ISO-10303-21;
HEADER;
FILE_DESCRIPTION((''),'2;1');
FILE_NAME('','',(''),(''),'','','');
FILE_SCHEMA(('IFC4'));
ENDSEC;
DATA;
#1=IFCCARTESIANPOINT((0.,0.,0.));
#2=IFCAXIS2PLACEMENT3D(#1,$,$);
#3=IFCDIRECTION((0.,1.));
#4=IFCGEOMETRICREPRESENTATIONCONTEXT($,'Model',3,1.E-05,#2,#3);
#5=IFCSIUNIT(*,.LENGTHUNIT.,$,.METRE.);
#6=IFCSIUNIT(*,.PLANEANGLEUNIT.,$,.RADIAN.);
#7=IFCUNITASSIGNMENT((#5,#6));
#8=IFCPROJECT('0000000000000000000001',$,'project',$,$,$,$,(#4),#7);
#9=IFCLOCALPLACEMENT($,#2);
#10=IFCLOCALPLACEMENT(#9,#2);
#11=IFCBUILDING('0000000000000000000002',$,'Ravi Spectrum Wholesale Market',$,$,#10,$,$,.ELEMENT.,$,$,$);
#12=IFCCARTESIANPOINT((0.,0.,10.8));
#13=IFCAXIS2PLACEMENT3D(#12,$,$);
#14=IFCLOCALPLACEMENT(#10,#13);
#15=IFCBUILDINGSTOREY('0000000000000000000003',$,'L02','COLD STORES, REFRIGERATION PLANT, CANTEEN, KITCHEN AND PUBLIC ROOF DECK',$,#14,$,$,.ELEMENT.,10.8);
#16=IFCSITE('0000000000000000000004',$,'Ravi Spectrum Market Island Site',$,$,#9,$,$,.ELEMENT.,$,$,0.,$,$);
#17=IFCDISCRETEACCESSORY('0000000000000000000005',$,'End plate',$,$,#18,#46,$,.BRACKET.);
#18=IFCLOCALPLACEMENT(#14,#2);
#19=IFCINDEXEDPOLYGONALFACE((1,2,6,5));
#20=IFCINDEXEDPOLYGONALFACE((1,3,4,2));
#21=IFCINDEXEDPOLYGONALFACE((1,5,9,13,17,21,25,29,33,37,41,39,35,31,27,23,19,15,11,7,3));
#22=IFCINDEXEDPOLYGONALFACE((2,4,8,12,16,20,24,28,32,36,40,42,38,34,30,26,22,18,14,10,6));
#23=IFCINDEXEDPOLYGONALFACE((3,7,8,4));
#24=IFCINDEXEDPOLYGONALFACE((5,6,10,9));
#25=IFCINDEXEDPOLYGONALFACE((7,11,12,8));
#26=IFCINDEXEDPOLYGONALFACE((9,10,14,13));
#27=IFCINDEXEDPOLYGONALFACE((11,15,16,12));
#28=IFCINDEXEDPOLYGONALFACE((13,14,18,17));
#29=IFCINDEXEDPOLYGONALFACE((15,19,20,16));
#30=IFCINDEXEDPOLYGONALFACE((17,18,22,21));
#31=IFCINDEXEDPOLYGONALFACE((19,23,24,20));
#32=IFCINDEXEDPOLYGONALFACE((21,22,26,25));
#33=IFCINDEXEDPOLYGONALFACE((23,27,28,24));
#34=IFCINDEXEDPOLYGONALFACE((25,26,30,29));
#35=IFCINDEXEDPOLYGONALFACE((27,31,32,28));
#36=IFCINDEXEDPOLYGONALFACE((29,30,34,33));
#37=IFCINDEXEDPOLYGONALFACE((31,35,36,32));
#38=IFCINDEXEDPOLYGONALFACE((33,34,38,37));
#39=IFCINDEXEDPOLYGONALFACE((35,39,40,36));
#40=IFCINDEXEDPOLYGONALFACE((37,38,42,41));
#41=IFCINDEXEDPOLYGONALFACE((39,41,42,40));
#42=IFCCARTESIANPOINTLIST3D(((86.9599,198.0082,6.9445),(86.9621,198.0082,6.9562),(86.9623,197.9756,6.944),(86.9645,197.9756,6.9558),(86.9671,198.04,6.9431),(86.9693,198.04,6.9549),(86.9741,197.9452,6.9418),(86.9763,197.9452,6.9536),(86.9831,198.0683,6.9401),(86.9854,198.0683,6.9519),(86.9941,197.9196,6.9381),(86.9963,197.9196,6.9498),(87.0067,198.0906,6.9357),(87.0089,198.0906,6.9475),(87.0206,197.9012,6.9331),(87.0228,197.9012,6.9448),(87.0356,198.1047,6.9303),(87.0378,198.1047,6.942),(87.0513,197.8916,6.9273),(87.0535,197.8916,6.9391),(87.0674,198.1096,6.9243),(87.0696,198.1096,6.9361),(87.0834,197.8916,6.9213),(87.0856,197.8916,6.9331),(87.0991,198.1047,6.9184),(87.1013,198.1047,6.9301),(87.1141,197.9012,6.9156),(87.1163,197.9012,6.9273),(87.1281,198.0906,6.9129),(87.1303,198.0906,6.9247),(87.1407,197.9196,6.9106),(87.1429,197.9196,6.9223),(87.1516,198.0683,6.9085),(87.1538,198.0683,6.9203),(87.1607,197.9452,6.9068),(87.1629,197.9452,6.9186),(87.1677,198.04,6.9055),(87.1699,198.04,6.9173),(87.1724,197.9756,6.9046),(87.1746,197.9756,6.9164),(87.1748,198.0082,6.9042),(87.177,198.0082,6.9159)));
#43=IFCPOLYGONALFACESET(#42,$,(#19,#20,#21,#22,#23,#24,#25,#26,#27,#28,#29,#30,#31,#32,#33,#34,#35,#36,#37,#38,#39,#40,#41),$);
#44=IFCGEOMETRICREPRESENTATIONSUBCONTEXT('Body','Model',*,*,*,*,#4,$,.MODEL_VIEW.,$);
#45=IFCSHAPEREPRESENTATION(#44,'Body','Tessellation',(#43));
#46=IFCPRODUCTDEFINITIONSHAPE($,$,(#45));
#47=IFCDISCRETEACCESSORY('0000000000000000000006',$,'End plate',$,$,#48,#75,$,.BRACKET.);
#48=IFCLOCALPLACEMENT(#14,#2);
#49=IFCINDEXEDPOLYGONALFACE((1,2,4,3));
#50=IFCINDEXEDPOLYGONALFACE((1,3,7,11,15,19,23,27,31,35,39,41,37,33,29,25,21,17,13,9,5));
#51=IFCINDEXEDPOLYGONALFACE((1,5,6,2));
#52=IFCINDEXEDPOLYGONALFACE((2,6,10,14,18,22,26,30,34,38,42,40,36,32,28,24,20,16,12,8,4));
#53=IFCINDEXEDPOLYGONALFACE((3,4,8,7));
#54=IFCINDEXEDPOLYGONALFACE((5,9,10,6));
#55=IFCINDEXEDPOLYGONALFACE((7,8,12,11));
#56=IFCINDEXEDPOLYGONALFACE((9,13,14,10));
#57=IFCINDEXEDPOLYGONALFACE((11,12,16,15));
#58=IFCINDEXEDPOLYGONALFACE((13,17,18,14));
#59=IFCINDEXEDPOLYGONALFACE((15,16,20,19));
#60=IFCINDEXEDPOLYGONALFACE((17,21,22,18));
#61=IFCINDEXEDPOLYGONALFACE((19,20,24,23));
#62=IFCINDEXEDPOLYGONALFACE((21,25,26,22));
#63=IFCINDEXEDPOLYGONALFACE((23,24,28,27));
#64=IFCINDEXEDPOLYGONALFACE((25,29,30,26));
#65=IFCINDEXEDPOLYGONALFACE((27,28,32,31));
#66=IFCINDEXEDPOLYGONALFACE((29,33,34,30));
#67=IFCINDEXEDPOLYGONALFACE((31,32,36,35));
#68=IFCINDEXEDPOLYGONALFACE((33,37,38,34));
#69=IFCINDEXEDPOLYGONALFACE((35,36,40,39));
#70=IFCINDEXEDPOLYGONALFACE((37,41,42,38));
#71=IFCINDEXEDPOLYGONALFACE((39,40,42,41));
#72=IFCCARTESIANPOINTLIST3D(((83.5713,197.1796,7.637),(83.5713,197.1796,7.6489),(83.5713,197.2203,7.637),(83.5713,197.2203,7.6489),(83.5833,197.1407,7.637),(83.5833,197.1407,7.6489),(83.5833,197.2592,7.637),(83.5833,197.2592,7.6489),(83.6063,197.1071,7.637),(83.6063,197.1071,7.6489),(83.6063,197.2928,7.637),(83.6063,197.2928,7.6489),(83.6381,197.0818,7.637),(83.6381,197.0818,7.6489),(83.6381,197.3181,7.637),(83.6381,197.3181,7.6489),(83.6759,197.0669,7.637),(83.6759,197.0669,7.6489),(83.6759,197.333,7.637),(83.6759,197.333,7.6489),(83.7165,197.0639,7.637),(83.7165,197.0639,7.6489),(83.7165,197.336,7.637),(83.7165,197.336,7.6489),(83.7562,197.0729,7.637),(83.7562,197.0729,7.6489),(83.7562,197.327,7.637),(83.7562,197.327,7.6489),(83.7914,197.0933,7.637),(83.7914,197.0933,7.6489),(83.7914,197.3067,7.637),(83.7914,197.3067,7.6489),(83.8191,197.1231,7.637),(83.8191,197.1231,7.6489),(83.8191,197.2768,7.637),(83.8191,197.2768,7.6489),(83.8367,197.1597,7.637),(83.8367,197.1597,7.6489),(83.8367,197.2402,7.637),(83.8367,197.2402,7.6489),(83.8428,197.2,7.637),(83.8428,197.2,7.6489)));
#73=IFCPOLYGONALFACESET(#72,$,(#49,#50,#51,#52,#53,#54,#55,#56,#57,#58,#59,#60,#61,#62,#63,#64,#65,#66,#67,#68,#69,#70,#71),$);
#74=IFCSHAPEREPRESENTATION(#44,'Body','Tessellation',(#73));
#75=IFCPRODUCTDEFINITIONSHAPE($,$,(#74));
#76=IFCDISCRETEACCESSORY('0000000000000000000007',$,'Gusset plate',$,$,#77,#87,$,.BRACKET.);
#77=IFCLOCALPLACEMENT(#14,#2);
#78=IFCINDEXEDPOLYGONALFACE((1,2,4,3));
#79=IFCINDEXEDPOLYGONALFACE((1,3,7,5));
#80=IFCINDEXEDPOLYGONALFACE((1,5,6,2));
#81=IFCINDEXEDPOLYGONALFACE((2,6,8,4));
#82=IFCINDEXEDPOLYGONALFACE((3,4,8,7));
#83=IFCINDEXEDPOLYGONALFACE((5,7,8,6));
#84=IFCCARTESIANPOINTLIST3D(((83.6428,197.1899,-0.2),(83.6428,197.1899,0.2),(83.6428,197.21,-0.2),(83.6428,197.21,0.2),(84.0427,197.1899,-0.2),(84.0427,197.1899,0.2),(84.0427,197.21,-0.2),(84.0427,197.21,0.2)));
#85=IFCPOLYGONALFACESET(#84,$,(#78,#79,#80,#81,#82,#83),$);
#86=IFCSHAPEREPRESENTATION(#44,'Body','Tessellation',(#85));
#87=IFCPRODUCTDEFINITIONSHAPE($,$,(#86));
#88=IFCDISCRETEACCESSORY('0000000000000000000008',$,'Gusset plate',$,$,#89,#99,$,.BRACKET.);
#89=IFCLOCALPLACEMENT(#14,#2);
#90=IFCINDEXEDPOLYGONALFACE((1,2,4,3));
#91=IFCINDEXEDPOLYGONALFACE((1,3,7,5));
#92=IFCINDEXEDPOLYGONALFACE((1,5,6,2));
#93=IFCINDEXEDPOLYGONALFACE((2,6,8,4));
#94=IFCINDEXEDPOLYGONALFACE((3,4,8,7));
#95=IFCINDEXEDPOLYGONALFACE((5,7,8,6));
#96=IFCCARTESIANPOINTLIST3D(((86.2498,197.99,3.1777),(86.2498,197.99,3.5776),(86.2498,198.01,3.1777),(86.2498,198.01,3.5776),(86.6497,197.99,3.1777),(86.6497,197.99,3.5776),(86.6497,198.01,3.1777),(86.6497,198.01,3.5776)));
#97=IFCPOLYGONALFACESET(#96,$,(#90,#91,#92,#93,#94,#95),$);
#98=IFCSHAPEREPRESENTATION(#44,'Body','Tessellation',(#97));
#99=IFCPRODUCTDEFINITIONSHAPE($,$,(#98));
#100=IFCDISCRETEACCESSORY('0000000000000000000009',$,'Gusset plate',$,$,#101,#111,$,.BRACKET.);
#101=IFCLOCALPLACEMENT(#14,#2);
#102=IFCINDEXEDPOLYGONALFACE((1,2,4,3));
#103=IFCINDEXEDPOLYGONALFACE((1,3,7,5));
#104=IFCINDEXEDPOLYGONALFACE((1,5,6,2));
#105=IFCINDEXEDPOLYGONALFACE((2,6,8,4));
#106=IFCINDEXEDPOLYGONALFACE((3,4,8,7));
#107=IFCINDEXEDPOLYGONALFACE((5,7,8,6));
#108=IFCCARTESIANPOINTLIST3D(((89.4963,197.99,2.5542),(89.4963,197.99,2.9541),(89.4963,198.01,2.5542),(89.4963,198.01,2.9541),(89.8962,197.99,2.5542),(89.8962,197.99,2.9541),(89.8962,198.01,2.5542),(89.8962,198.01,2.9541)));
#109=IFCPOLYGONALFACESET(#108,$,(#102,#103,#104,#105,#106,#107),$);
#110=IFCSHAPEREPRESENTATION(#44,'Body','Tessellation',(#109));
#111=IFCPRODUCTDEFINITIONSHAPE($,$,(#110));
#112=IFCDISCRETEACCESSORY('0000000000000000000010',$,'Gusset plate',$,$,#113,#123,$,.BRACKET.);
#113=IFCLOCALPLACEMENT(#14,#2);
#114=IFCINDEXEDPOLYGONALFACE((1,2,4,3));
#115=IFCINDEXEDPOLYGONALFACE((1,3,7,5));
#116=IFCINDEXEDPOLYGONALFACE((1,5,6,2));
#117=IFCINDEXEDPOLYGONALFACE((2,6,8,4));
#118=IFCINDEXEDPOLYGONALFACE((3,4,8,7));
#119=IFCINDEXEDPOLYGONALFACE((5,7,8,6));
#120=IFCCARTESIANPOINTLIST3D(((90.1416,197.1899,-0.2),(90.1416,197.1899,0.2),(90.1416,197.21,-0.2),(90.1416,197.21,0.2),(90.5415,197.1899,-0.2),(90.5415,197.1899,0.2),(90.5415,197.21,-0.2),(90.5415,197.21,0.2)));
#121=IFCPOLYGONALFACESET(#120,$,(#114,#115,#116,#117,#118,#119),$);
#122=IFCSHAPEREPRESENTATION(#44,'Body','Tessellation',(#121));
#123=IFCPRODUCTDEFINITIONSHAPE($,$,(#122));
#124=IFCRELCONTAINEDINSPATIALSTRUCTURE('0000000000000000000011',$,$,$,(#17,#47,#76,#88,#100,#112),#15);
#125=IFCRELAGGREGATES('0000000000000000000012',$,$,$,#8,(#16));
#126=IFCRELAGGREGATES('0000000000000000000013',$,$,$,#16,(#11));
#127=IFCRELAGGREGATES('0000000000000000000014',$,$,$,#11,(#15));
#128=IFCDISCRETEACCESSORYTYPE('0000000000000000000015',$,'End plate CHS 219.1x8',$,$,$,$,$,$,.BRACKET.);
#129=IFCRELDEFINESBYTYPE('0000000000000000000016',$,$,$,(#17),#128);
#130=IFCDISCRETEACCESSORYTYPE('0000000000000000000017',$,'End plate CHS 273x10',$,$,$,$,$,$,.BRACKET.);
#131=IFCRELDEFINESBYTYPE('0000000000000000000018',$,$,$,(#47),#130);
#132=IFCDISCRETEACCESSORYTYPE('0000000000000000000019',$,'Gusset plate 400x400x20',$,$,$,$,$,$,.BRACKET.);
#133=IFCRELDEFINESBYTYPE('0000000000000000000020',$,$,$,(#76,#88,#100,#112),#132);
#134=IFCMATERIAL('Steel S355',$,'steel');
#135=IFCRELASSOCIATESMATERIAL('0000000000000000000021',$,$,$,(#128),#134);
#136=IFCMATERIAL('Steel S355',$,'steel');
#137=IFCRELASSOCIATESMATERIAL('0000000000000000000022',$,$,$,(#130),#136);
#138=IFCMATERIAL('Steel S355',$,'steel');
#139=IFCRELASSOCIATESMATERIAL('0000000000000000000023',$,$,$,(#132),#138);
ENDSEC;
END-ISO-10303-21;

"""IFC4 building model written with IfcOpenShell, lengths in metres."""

from ifc_helpers import new_model, si_unit, direction, frame, origin, origin_2d, place, context, subcontext, project, spatial, rectangle, circle, extrude, material, material_profile, profile_set, type_object, element, save


model = new_model("IFC4")

# Units and contexts
model_context = context("Model", 3, precision=1e-05, world=origin(), true_north=direction((0.0, 1.0)))
body_context = subcontext(model_context, "Body", "Model", "MODEL_VIEW")
ifc_project = project(units=[si_unit("LENGTHUNIT", "METRE"), si_unit("PLANEANGLEUNIT", "RADIAN")], contexts=[model_context])

# Site, building, storey
site_placement = place(None, origin())
site = spatial("IfcSite", under=ifc_project, at=site_placement, Name="Ravi Spectrum Market Island Site", CompositionType="ELEMENT", RefElevation=0.0)
building_placement = place(site_placement, origin())
building = spatial("IfcBuilding", under=site, at=building_placement, Name="Ravi Spectrum Wholesale Market", CompositionType="ELEMENT")
storey_placement = place(building_placement, frame((0.0, 0.0, 10.8)))
storey = spatial("IfcBuildingStorey", under=building, at=storey_placement, Name="L02", Description="COLD STORES, REFRIGERATION PLANT, CANTEEN, KITCHEN AND PUBLIC ROOF DECK", CompositionType="ELEMENT", Elevation=10.8)

# Discrete accessories
ifc_material_1 = material(Name="Steel S355", Category="steel")
ifc_material_profile_1 = material_profile(ifc_material_1, circle(Radius=0.1096, at=origin_2d()))
ifc_profile_set_1 = profile_set([ifc_material_profile_1], Name="Steel S355")
discrete_accessory_type_1 = type_object("IfcDiscreteAccessoryType", Name="End plate CHS 219.1x8", PredefinedType="BRACKET", material=ifc_profile_set_1)
discrete_accessory_1_placement = place(storey_placement, frame((87.0674, 198.0, 6.9243), z_axis=(0.184289, 0.0, 0.982872), x_axis=(0.0, 1.0, 0.0)))
element("IfcDiscreteAccessory", 1, at=discrete_accessory_1_placement, inside=storey, type_object=discrete_accessory_type_1, Name="End plate", PredefinedType="BRACKET", context=body_context, shape_type="SweptSolid", body=[
    extrude(circle(Radius=0.1096, at=origin_2d()), origin(), (0.0, 0.0, 1.0), 0.012),
])
ifc_material_2 = material(Name="Steel S355", Category="steel")
ifc_material_profile_2 = material_profile(ifc_material_2, circle(Radius=0.1365, at=origin_2d()))
ifc_profile_set_2 = profile_set([ifc_material_profile_2], Name="Steel S355")
discrete_accessory_type_2 = type_object("IfcDiscreteAccessoryType", Name="End plate CHS 273x10", PredefinedType="BRACKET", material=ifc_profile_set_2)
discrete_accessory_2_placement = place(storey_placement, frame((83.7063, 197.2, 7.637), z_axis=(0.0, 0.0, 1.0), x_axis=(1.0, 0.0, 0.0)))
element("IfcDiscreteAccessory", 2, at=discrete_accessory_2_placement, inside=storey, type_object=discrete_accessory_type_2, Name="End plate", PredefinedType="BRACKET", context=body_context, shape_type="SweptSolid", body=[
    extrude(circle(Radius=0.1365, at=origin_2d()), origin(), (0.0, 0.0, 1.0), 0.012),
])
ifc_material_3 = material(Name="Steel S355", Category="steel")
ifc_material_profile_3 = material_profile(ifc_material_3, rectangle(XDim=0.3999, YDim=0.02, at=origin_2d()))
ifc_profile_set_3 = profile_set([ifc_material_profile_3], Name="Steel S355")
discrete_accessory_type_3 = type_object("IfcDiscreteAccessoryType", Name="Gusset plate 400x400x20", PredefinedType="BRACKET", material=ifc_profile_set_3)
for number, where, z_axis, x_axis, name in (
    (3, (83.8428, 197.2, -0.2), (0.0, 0.0, 1.0), (1.0, 0.0, 0.0), "Gusset plate"),
    (4, (86.4497, 198.0, 3.1777), (0.0, 0.0, 1.0), (-1.0, 0.0, 0.0), "Gusset plate"),
    (5, (89.6963, 198.0, 2.5542), (0.0, 0.0, 1.0), (-1.0, 0.0, 0.0), "Gusset plate"),
    (6, (90.3416, 197.2, -0.2), (0.0, 0.0, 1.0), (1.0, 0.0, 0.0), "Gusset plate"),
):
    element("IfcDiscreteAccessory", number, at=place(storey_placement, frame(where, z_axis=z_axis, x_axis=x_axis)), inside=storey, type_object=discrete_accessory_type_3, Name=name, PredefinedType="BRACKET", context=body_context, shape_type="SweptSolid", body=[
        extrude(rectangle(XDim=0.3999, YDim=0.02, at=origin_2d()), origin(), (0.0, 0.0, 1.0), 0.3999),
    ])

save(model, "model.ifc")
